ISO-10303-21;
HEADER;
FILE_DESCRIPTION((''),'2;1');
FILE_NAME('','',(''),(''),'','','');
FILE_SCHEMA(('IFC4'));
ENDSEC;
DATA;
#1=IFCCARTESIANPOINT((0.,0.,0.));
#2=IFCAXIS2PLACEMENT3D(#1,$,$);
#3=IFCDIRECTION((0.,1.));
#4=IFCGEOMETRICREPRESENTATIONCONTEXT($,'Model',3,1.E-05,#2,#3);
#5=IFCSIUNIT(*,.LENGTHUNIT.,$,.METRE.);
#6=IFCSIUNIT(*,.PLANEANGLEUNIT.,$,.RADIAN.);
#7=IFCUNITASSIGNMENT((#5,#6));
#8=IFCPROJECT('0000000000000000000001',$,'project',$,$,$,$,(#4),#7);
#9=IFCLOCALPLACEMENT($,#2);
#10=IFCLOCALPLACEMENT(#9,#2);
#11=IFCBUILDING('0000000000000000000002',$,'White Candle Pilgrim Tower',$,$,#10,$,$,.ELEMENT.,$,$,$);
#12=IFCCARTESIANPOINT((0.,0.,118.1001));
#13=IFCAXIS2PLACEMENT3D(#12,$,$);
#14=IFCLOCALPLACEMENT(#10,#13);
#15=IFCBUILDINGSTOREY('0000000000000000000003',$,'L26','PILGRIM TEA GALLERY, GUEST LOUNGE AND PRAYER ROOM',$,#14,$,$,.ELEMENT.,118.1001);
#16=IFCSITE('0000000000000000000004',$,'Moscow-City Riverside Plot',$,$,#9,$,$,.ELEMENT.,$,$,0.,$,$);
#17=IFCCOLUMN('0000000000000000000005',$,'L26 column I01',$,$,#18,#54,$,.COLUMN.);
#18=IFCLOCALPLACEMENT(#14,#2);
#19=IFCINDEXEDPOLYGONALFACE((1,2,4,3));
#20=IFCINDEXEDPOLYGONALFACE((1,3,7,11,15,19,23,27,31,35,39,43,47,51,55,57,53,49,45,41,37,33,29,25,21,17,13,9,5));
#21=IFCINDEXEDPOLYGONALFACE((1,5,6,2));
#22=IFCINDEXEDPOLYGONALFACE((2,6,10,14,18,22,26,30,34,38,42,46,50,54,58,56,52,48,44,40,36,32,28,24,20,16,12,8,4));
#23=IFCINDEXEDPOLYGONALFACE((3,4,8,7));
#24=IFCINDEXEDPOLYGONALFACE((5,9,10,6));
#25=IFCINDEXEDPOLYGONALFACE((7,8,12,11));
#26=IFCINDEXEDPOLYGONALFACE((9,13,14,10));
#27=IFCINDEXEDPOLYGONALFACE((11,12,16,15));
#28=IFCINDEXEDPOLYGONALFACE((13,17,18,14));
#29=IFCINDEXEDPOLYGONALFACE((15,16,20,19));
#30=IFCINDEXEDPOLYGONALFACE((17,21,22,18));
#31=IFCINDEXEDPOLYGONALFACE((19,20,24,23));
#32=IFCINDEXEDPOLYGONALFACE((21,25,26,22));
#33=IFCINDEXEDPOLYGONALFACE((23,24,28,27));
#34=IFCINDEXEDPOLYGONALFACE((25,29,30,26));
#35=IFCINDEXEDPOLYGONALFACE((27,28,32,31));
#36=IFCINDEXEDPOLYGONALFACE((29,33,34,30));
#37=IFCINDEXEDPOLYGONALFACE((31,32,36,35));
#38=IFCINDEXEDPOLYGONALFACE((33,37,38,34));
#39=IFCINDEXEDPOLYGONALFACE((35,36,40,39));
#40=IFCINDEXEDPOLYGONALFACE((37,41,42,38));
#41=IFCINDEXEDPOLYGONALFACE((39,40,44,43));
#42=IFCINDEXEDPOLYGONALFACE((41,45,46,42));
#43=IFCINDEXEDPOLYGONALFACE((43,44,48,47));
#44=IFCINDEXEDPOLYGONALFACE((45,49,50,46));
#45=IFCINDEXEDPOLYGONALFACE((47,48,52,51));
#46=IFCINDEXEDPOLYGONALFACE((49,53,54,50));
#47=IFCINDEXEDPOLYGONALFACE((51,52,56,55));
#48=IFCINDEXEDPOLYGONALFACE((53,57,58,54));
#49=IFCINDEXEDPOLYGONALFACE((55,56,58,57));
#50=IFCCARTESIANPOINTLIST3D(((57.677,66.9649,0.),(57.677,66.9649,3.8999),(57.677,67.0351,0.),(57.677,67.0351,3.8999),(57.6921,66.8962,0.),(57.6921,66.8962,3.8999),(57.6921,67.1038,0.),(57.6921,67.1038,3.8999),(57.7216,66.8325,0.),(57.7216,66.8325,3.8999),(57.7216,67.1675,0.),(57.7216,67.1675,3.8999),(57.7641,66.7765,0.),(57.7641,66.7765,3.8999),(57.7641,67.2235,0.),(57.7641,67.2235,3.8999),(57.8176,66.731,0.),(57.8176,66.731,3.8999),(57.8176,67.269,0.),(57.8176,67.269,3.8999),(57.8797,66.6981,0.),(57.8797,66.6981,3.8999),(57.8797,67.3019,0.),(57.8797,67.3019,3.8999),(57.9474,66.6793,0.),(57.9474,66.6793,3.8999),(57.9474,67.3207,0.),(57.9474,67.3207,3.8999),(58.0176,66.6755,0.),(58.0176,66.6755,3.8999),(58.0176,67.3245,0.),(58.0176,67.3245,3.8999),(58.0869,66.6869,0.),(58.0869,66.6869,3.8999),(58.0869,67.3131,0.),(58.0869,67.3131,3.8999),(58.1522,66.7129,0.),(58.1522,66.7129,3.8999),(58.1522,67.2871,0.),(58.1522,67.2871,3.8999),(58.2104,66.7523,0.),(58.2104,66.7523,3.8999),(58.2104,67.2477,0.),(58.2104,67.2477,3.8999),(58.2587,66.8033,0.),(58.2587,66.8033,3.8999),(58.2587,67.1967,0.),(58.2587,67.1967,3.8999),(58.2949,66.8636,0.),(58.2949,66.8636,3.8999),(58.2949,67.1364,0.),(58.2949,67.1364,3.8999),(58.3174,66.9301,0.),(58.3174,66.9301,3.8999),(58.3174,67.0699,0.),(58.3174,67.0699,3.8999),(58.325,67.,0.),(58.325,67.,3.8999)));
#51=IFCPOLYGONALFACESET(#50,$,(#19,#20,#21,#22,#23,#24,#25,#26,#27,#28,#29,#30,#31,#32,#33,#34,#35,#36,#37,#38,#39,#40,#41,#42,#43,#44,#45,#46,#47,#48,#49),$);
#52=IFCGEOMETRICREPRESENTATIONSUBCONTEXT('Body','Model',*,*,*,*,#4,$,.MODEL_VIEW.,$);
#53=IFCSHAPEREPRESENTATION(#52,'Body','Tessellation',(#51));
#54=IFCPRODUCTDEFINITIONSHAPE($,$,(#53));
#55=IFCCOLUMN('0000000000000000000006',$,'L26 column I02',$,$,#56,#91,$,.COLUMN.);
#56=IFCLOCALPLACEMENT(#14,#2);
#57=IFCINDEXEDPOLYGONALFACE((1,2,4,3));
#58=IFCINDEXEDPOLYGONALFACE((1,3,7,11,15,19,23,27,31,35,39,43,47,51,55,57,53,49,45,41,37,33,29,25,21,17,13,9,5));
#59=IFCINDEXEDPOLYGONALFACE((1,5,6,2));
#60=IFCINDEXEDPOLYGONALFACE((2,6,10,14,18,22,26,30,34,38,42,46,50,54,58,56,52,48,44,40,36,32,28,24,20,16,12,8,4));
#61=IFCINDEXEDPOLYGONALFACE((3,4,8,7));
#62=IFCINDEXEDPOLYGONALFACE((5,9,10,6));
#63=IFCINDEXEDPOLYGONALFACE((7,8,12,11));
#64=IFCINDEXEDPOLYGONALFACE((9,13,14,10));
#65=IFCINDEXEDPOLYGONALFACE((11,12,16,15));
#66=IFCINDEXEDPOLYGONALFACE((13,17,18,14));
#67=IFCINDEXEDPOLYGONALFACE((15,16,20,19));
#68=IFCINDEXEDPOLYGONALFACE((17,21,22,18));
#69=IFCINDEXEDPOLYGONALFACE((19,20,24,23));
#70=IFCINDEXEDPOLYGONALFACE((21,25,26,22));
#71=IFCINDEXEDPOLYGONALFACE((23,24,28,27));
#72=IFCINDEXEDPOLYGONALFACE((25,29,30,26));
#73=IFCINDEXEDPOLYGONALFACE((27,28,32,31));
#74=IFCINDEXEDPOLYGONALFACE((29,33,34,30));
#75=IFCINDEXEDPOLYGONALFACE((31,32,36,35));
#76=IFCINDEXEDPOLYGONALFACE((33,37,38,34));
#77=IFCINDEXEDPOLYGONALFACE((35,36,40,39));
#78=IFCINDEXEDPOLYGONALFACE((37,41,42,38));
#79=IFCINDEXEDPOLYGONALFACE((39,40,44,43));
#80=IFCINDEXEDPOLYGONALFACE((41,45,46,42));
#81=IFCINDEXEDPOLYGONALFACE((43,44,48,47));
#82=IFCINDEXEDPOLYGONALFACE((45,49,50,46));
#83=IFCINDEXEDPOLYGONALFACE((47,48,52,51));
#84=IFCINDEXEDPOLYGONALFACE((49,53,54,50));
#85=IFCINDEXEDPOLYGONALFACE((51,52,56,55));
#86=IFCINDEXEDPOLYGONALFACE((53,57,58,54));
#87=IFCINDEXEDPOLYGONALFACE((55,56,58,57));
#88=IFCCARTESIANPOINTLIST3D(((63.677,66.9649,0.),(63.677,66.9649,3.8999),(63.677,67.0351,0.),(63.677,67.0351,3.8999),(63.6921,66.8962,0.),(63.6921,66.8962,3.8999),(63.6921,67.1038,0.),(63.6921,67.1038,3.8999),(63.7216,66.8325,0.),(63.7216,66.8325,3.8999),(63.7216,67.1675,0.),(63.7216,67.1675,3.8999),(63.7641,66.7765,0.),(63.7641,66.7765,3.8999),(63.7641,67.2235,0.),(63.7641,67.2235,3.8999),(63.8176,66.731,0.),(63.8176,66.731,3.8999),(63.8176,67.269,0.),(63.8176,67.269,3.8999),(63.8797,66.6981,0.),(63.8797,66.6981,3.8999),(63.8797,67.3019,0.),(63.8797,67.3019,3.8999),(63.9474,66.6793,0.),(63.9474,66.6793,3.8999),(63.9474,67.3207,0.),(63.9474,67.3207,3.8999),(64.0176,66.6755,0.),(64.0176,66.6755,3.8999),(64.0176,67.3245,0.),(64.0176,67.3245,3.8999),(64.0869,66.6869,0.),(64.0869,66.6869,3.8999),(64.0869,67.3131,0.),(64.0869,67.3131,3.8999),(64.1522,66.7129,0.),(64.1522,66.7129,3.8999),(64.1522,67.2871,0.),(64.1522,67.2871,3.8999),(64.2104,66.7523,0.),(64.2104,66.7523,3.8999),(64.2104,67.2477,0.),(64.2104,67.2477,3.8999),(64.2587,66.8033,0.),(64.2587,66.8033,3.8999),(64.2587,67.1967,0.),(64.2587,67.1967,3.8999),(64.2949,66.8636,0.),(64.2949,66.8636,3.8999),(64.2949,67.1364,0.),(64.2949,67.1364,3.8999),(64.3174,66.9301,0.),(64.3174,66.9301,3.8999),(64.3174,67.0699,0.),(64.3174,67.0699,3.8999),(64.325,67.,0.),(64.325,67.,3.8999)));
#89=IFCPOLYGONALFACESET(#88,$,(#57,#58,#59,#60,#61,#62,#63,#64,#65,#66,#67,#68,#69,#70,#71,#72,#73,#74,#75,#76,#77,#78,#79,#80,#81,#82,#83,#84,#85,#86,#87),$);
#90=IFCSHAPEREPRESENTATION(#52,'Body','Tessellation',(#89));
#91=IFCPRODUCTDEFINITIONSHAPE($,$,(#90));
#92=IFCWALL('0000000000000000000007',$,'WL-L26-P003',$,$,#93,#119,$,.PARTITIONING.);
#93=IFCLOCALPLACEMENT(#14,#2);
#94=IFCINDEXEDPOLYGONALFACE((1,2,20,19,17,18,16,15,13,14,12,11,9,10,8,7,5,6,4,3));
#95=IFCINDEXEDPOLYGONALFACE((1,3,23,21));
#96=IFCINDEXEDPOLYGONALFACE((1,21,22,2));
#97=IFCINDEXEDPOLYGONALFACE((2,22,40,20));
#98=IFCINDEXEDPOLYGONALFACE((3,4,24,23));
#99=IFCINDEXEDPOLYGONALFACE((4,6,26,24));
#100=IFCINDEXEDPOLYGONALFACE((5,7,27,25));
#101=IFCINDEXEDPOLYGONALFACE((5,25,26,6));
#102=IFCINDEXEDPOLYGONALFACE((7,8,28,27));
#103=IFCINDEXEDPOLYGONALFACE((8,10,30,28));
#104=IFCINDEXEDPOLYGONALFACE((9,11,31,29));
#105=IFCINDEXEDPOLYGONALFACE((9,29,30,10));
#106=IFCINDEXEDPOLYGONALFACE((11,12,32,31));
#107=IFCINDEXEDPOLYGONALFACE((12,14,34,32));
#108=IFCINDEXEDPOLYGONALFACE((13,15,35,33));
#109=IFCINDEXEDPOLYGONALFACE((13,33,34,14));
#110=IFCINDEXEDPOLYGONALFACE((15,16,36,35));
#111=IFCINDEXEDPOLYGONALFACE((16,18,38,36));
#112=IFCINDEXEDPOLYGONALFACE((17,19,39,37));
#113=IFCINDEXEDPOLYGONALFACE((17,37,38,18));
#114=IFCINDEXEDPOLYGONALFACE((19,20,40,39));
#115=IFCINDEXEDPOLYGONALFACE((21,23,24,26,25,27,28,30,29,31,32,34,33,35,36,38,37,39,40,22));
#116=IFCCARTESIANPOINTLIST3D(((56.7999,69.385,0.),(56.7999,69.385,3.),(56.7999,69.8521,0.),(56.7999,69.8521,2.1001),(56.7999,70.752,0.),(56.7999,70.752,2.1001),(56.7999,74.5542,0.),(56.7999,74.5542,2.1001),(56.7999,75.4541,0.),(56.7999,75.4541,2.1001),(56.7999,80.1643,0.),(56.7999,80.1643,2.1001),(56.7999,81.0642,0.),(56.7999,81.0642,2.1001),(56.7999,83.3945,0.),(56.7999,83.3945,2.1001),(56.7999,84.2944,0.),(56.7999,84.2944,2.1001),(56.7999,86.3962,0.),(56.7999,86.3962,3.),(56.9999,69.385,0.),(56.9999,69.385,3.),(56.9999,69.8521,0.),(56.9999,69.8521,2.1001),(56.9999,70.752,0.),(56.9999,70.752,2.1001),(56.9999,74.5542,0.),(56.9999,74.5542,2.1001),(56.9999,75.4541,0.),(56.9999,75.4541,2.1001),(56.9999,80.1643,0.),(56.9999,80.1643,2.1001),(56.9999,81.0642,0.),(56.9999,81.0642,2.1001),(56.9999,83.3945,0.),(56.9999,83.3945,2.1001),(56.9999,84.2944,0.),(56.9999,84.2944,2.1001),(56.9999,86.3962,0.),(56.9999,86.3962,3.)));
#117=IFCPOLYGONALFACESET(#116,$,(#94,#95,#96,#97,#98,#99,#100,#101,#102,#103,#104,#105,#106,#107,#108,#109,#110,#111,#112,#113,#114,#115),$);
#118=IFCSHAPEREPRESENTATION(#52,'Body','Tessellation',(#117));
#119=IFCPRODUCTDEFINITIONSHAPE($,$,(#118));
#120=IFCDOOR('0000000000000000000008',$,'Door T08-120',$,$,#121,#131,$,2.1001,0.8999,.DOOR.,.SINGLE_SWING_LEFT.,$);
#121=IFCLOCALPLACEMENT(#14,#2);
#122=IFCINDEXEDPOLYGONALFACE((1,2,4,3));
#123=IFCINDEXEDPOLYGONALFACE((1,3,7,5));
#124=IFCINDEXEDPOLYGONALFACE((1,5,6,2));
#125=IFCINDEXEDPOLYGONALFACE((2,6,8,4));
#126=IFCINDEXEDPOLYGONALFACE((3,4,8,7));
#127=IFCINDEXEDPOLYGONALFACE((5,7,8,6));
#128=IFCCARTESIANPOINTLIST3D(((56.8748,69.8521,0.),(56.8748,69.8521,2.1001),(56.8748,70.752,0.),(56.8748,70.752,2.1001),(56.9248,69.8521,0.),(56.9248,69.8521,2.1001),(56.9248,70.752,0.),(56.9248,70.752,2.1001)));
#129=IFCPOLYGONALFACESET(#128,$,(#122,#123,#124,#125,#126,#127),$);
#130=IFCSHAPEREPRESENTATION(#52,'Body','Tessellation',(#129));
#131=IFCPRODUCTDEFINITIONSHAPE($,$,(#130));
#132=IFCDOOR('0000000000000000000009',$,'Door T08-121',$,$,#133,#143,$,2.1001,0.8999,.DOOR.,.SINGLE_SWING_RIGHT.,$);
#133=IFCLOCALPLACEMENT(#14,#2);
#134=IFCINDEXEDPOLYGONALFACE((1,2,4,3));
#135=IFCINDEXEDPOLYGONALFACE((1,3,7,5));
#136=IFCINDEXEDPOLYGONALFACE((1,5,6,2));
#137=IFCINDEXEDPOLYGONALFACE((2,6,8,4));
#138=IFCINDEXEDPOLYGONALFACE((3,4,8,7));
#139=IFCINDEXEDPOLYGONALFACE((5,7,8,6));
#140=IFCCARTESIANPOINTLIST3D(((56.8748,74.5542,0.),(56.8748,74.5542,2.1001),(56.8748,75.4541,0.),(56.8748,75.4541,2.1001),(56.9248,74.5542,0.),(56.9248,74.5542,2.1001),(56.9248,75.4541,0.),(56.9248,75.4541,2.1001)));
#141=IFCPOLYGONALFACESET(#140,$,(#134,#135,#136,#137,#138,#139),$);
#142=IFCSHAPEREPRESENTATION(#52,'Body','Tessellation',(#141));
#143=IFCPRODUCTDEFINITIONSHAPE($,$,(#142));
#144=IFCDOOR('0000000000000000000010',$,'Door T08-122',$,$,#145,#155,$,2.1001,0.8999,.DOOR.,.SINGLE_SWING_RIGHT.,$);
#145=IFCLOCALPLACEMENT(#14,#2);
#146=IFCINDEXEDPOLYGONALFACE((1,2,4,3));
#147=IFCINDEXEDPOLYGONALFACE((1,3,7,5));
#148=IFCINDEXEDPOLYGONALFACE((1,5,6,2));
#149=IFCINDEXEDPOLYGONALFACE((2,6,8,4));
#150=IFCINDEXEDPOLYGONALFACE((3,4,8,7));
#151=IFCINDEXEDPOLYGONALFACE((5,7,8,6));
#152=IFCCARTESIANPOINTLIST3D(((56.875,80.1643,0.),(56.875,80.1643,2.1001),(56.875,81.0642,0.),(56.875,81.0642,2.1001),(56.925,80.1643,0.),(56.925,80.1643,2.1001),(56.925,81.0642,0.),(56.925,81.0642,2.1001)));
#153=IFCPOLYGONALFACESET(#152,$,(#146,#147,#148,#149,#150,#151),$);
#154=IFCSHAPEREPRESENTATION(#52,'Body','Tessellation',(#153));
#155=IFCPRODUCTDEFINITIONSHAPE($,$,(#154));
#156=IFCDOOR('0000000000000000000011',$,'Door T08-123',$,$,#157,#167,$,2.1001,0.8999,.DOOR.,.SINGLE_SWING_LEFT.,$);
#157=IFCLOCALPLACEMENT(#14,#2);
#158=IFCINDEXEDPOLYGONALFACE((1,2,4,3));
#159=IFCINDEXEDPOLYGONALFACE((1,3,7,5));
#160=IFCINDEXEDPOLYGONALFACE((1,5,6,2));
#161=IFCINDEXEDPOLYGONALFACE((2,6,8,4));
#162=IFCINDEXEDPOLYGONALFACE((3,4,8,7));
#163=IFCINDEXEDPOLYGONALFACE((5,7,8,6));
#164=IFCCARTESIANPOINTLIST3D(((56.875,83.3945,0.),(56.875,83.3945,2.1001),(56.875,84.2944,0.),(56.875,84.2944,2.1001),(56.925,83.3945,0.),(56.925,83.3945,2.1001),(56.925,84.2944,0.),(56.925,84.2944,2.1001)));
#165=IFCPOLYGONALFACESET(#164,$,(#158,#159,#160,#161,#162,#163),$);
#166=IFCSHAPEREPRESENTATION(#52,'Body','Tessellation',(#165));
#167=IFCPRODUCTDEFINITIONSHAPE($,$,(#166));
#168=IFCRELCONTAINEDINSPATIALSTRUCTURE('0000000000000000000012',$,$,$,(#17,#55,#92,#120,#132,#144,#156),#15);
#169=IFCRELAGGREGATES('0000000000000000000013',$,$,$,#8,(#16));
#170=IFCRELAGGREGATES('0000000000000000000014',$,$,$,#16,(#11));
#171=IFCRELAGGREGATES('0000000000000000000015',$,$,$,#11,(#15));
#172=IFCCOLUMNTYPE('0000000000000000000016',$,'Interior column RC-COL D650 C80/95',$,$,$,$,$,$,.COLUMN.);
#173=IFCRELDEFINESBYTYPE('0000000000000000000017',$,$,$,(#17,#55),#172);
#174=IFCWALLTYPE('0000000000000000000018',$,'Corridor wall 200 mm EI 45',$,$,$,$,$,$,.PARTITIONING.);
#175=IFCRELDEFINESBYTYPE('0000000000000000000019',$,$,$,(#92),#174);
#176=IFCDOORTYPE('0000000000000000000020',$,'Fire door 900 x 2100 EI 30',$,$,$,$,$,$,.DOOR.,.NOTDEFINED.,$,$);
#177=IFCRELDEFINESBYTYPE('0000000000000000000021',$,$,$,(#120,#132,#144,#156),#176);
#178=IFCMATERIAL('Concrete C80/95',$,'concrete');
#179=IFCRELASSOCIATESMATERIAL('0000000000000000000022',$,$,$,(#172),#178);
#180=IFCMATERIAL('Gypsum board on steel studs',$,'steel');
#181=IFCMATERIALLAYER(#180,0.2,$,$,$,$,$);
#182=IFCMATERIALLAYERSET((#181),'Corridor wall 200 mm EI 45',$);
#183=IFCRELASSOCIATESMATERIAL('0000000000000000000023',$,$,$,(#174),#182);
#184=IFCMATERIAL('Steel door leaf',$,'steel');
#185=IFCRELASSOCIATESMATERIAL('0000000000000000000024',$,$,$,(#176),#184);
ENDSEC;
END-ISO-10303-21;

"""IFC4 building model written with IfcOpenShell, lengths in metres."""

from ifc_helpers import new_model, si_unit, direction, frame, frame_2d, origin, origin_2d, place, context, subcontext, project, spatial, rectangle, circle, extrude, material, layer, layer_set, material_profile, profile_set, type_object, element, fill, save


model = new_model("IFC4")

# Units and contexts
model_context = context("Model", 3, precision=1e-05, world=origin(), true_north=direction((0.0, 1.0)))
body_context = subcontext(model_context, "Body", "Model", "MODEL_VIEW")
ifc_project = project(units=[si_unit("LENGTHUNIT", "METRE"), si_unit("PLANEANGLEUNIT", "RADIAN")], contexts=[model_context])

# Site, building, storey
site_placement = place(None, origin())
site = spatial("IfcSite", under=ifc_project, at=site_placement, Name="Moscow-City Riverside Plot", CompositionType="ELEMENT", RefElevation=0.0)
building_placement = place(site_placement, origin())
building = spatial("IfcBuilding", under=site, at=building_placement, Name="White Candle Pilgrim Tower", CompositionType="ELEMENT")
storey_placement = place(building_placement, frame((0.0, 0.0, 118.1001)))
storey = spatial("IfcBuildingStorey", under=building, at=storey_placement, Name="L26", Description="PILGRIM TEA GALLERY, GUEST LOUNGE AND PRAYER ROOM", CompositionType="ELEMENT", Elevation=118.1001)

# Columns
ifc_material_1 = material(Name="Concrete C80/95", Category="concrete")
ifc_material_profile = material_profile(ifc_material_1, circle(Radius=0.325, at=origin_2d()), Name="RC-COL D650")
ifc_profile_set = profile_set([ifc_material_profile], Name="Concrete C80/95")
column_type = type_object("IfcColumnType", Name="Interior column RC-COL D650 C80/95", PredefinedType="COLUMN", material=ifc_profile_set)
for number, where, z_axis, x_axis, name in (
    (1, (58.0, 67.0, 0.0), (0.0, 0.0, 1.0), (1.0, 0.0, 0.0), "L26 column I01"),
    (2, (64.0, 67.0, 0.0), (0.0, 0.0, 1.0), (1.0, 0.0, 0.0), "L26 column I02"),
):
    element("IfcColumn", number, at=place(storey_placement, frame(where, z_axis=z_axis, x_axis=x_axis)), inside=storey, type_object=column_type, Name=name, PredefinedType="COLUMN", context=body_context, shape_type="SweptSolid", body=[
        extrude(circle(Radius=0.325, at=origin_2d()), origin(), (0.0, 0.0, 1.0), 3.8999),
    ])

# Wall, openings, doors
ifc_material_2 = material(Name="Gypsum board on steel studs", Category="steel")
ifc_layer_1 = layer(ifc_material_2, 0.2)
ifc_layer_set_1 = layer_set([ifc_layer_1], Name="Corridor wall 200 mm EI 45")
wall_type_1 = type_object("IfcWallType", Name="Corridor wall 200 mm EI 45", PredefinedType="PARTITIONING", material=ifc_layer_set_1)
wall_1_placement = place(storey_placement, frame((56.8999, 69.385, 0.0), z_axis=(0.0, 0.0, 1.0), x_axis=(0.0, 1.0, 0.0)))
wall_1 = element("IfcWall", 3, at=wall_1_placement, inside=storey, type_object=wall_type_1, Name="WL-L26-P003", PredefinedType="PARTITIONING", context=body_context, shape_type="SweptSolid", body=[
    extrude(rectangle(XDim=17.0112, YDim=0.2, at=frame_2d((8.5056, 0.0))), origin(), (0.0, 0.0, 1.0), 3.0),
])
opening_1_placement = place(wall_1_placement, frame((0.467, 0.0, 0.0)))
opening_1 = element("IfcOpeningElement", 4, at=opening_1_placement, cuts=wall_1, PredefinedType="OPENING", context=body_context, shape_type="SweptSolid", body=[
    extrude(rectangle(XDim=0.8999, YDim=2.1001, at=frame_2d((0.45, 1.05))), frame((0.0, 0.1099, 0.0), z_axis=(0.0, -1.0, 0.0), x_axis=(1.0, 0.0, 0.0)), (0.0, 0.0, 1.0), 0.22),
])
opening_2_placement = place(wall_1_placement, frame((5.1692, 0.0, 0.0)))
opening_2 = element("IfcOpeningElement", 5, at=opening_2_placement, cuts=wall_1, PredefinedType="OPENING", context=body_context, shape_type="SweptSolid", body=[
    extrude(rectangle(XDim=0.8999, YDim=2.1001, at=frame_2d((0.45, 1.05))), frame((0.0, 0.1099, 0.0), z_axis=(0.0, -1.0, 0.0), x_axis=(1.0, 0.0, 0.0)), (0.0, 0.0, 1.0), 0.22),
])
opening_3_placement = place(wall_1_placement, frame((10.7793, 0.0, 0.0)))
opening_3 = element("IfcOpeningElement", 6, at=opening_3_placement, cuts=wall_1, PredefinedType="OPENING", context=body_context, shape_type="SweptSolid", body=[
    extrude(rectangle(XDim=0.8999, YDim=2.1001, at=frame_2d((0.45, 1.05))), frame((0.0, 0.1099, 0.0), z_axis=(0.0, -1.0, 0.0), x_axis=(1.0, 0.0, 0.0)), (0.0, 0.0, 1.0), 0.22),
])
opening_4_placement = place(wall_1_placement, frame((14.0095, 0.0, 0.0)))
opening_4 = element("IfcOpeningElement", 7, at=opening_4_placement, cuts=wall_1, PredefinedType="OPENING", context=body_context, shape_type="SweptSolid", body=[
    extrude(rectangle(XDim=0.8999, YDim=2.1001, at=frame_2d((0.45, 1.05))), frame((0.0, 0.1099, 0.0), z_axis=(0.0, -1.0, 0.0), x_axis=(1.0, 0.0, 0.0)), (0.0, 0.0, 1.0), 0.22),
])
ifc_material_3 = material(Name="Steel door leaf", Category="steel")
door_type_1 = type_object("IfcDoorType", Name="Fire door 900 x 2100 EI 30", OperationType="NOTDEFINED", PredefinedType="DOOR", material=ifc_material_3)
door_1_placement = place(opening_1_placement, frame((0.8999, 0.0, 0.0), z_axis=(0.0, 0.0, 1.0), x_axis=(-1.0, 0.0, 0.0)))
door_1 = element("IfcDoor", 8, at=door_1_placement, inside=storey, type_object=door_type_1, Name="Door T08-120", OperationType="SINGLE_SWING_LEFT", OverallHeight=2.1001, OverallWidth=0.8999, PredefinedType="DOOR", context=body_context, shape_type="SweptSolid", body=[
    extrude(rectangle(XDim=0.8999, YDim=2.1001, at=frame_2d((0.45, 1.05))), frame((0.0, 0.0249, 0.0), z_axis=(0.0, -1.0, 0.0), x_axis=(1.0, 0.0, 0.0)), (0.0, 0.0, 1.0), 0.05),
])
fill(opening_1, door_1)
door_2_placement = place(opening_2_placement, frame((0.8999, 0.0, 0.0), z_axis=(0.0, 0.0, 1.0), x_axis=(-1.0, 0.0, 0.0)))
door_2 = element("IfcDoor", 9, at=door_2_placement, inside=storey, type_object=door_type_1, Name="Door T08-121", OperationType="SINGLE_SWING_RIGHT", OverallHeight=2.1001, OverallWidth=0.8999, PredefinedType="DOOR", context=body_context, shape_type="SweptSolid", body=[
    extrude(rectangle(XDim=0.8999, YDim=2.1001, at=frame_2d((0.45, 1.05))), frame((0.0, 0.0249, 0.0), z_axis=(0.0, -1.0, 0.0), x_axis=(1.0, 0.0, 0.0)), (0.0, 0.0, 1.0), 0.05),
])
fill(opening_2, door_2)
door_3_placement = place(opening_3_placement, origin())
door_3 = element("IfcDoor", 10, at=door_3_placement, inside=storey, type_object=door_type_1, Name="Door T08-122", OperationType="SINGLE_SWING_RIGHT", OverallHeight=2.1001, OverallWidth=0.8999, PredefinedType="DOOR", context=body_context, shape_type="SweptSolid", body=[
    extrude(rectangle(XDim=0.8999, YDim=2.1001, at=frame_2d((0.45, 1.05))), frame((0.0, 0.0249, 0.0), z_axis=(0.0, -1.0, 0.0), x_axis=(1.0, 0.0, 0.0)), (0.0, 0.0, 1.0), 0.05),
])
fill(opening_3, door_3)
door_4_placement = place(opening_4_placement, origin())
door_4 = element("IfcDoor", 11, at=door_4_placement, inside=storey, type_object=door_type_1, Name="Door T08-123", OperationType="SINGLE_SWING_LEFT", OverallHeight=2.1001, OverallWidth=0.8999, PredefinedType="DOOR", context=body_context, shape_type="SweptSolid", body=[
    extrude(rectangle(XDim=0.8999, YDim=2.1001, at=frame_2d((0.45, 1.05))), frame((0.0, 0.0249, 0.0), z_axis=(0.0, -1.0, 0.0), x_axis=(1.0, 0.0, 0.0)), (0.0, 0.0, 1.0), 0.05),
])
fill(opening_4, door_4)

save(model, "model.ifc")
